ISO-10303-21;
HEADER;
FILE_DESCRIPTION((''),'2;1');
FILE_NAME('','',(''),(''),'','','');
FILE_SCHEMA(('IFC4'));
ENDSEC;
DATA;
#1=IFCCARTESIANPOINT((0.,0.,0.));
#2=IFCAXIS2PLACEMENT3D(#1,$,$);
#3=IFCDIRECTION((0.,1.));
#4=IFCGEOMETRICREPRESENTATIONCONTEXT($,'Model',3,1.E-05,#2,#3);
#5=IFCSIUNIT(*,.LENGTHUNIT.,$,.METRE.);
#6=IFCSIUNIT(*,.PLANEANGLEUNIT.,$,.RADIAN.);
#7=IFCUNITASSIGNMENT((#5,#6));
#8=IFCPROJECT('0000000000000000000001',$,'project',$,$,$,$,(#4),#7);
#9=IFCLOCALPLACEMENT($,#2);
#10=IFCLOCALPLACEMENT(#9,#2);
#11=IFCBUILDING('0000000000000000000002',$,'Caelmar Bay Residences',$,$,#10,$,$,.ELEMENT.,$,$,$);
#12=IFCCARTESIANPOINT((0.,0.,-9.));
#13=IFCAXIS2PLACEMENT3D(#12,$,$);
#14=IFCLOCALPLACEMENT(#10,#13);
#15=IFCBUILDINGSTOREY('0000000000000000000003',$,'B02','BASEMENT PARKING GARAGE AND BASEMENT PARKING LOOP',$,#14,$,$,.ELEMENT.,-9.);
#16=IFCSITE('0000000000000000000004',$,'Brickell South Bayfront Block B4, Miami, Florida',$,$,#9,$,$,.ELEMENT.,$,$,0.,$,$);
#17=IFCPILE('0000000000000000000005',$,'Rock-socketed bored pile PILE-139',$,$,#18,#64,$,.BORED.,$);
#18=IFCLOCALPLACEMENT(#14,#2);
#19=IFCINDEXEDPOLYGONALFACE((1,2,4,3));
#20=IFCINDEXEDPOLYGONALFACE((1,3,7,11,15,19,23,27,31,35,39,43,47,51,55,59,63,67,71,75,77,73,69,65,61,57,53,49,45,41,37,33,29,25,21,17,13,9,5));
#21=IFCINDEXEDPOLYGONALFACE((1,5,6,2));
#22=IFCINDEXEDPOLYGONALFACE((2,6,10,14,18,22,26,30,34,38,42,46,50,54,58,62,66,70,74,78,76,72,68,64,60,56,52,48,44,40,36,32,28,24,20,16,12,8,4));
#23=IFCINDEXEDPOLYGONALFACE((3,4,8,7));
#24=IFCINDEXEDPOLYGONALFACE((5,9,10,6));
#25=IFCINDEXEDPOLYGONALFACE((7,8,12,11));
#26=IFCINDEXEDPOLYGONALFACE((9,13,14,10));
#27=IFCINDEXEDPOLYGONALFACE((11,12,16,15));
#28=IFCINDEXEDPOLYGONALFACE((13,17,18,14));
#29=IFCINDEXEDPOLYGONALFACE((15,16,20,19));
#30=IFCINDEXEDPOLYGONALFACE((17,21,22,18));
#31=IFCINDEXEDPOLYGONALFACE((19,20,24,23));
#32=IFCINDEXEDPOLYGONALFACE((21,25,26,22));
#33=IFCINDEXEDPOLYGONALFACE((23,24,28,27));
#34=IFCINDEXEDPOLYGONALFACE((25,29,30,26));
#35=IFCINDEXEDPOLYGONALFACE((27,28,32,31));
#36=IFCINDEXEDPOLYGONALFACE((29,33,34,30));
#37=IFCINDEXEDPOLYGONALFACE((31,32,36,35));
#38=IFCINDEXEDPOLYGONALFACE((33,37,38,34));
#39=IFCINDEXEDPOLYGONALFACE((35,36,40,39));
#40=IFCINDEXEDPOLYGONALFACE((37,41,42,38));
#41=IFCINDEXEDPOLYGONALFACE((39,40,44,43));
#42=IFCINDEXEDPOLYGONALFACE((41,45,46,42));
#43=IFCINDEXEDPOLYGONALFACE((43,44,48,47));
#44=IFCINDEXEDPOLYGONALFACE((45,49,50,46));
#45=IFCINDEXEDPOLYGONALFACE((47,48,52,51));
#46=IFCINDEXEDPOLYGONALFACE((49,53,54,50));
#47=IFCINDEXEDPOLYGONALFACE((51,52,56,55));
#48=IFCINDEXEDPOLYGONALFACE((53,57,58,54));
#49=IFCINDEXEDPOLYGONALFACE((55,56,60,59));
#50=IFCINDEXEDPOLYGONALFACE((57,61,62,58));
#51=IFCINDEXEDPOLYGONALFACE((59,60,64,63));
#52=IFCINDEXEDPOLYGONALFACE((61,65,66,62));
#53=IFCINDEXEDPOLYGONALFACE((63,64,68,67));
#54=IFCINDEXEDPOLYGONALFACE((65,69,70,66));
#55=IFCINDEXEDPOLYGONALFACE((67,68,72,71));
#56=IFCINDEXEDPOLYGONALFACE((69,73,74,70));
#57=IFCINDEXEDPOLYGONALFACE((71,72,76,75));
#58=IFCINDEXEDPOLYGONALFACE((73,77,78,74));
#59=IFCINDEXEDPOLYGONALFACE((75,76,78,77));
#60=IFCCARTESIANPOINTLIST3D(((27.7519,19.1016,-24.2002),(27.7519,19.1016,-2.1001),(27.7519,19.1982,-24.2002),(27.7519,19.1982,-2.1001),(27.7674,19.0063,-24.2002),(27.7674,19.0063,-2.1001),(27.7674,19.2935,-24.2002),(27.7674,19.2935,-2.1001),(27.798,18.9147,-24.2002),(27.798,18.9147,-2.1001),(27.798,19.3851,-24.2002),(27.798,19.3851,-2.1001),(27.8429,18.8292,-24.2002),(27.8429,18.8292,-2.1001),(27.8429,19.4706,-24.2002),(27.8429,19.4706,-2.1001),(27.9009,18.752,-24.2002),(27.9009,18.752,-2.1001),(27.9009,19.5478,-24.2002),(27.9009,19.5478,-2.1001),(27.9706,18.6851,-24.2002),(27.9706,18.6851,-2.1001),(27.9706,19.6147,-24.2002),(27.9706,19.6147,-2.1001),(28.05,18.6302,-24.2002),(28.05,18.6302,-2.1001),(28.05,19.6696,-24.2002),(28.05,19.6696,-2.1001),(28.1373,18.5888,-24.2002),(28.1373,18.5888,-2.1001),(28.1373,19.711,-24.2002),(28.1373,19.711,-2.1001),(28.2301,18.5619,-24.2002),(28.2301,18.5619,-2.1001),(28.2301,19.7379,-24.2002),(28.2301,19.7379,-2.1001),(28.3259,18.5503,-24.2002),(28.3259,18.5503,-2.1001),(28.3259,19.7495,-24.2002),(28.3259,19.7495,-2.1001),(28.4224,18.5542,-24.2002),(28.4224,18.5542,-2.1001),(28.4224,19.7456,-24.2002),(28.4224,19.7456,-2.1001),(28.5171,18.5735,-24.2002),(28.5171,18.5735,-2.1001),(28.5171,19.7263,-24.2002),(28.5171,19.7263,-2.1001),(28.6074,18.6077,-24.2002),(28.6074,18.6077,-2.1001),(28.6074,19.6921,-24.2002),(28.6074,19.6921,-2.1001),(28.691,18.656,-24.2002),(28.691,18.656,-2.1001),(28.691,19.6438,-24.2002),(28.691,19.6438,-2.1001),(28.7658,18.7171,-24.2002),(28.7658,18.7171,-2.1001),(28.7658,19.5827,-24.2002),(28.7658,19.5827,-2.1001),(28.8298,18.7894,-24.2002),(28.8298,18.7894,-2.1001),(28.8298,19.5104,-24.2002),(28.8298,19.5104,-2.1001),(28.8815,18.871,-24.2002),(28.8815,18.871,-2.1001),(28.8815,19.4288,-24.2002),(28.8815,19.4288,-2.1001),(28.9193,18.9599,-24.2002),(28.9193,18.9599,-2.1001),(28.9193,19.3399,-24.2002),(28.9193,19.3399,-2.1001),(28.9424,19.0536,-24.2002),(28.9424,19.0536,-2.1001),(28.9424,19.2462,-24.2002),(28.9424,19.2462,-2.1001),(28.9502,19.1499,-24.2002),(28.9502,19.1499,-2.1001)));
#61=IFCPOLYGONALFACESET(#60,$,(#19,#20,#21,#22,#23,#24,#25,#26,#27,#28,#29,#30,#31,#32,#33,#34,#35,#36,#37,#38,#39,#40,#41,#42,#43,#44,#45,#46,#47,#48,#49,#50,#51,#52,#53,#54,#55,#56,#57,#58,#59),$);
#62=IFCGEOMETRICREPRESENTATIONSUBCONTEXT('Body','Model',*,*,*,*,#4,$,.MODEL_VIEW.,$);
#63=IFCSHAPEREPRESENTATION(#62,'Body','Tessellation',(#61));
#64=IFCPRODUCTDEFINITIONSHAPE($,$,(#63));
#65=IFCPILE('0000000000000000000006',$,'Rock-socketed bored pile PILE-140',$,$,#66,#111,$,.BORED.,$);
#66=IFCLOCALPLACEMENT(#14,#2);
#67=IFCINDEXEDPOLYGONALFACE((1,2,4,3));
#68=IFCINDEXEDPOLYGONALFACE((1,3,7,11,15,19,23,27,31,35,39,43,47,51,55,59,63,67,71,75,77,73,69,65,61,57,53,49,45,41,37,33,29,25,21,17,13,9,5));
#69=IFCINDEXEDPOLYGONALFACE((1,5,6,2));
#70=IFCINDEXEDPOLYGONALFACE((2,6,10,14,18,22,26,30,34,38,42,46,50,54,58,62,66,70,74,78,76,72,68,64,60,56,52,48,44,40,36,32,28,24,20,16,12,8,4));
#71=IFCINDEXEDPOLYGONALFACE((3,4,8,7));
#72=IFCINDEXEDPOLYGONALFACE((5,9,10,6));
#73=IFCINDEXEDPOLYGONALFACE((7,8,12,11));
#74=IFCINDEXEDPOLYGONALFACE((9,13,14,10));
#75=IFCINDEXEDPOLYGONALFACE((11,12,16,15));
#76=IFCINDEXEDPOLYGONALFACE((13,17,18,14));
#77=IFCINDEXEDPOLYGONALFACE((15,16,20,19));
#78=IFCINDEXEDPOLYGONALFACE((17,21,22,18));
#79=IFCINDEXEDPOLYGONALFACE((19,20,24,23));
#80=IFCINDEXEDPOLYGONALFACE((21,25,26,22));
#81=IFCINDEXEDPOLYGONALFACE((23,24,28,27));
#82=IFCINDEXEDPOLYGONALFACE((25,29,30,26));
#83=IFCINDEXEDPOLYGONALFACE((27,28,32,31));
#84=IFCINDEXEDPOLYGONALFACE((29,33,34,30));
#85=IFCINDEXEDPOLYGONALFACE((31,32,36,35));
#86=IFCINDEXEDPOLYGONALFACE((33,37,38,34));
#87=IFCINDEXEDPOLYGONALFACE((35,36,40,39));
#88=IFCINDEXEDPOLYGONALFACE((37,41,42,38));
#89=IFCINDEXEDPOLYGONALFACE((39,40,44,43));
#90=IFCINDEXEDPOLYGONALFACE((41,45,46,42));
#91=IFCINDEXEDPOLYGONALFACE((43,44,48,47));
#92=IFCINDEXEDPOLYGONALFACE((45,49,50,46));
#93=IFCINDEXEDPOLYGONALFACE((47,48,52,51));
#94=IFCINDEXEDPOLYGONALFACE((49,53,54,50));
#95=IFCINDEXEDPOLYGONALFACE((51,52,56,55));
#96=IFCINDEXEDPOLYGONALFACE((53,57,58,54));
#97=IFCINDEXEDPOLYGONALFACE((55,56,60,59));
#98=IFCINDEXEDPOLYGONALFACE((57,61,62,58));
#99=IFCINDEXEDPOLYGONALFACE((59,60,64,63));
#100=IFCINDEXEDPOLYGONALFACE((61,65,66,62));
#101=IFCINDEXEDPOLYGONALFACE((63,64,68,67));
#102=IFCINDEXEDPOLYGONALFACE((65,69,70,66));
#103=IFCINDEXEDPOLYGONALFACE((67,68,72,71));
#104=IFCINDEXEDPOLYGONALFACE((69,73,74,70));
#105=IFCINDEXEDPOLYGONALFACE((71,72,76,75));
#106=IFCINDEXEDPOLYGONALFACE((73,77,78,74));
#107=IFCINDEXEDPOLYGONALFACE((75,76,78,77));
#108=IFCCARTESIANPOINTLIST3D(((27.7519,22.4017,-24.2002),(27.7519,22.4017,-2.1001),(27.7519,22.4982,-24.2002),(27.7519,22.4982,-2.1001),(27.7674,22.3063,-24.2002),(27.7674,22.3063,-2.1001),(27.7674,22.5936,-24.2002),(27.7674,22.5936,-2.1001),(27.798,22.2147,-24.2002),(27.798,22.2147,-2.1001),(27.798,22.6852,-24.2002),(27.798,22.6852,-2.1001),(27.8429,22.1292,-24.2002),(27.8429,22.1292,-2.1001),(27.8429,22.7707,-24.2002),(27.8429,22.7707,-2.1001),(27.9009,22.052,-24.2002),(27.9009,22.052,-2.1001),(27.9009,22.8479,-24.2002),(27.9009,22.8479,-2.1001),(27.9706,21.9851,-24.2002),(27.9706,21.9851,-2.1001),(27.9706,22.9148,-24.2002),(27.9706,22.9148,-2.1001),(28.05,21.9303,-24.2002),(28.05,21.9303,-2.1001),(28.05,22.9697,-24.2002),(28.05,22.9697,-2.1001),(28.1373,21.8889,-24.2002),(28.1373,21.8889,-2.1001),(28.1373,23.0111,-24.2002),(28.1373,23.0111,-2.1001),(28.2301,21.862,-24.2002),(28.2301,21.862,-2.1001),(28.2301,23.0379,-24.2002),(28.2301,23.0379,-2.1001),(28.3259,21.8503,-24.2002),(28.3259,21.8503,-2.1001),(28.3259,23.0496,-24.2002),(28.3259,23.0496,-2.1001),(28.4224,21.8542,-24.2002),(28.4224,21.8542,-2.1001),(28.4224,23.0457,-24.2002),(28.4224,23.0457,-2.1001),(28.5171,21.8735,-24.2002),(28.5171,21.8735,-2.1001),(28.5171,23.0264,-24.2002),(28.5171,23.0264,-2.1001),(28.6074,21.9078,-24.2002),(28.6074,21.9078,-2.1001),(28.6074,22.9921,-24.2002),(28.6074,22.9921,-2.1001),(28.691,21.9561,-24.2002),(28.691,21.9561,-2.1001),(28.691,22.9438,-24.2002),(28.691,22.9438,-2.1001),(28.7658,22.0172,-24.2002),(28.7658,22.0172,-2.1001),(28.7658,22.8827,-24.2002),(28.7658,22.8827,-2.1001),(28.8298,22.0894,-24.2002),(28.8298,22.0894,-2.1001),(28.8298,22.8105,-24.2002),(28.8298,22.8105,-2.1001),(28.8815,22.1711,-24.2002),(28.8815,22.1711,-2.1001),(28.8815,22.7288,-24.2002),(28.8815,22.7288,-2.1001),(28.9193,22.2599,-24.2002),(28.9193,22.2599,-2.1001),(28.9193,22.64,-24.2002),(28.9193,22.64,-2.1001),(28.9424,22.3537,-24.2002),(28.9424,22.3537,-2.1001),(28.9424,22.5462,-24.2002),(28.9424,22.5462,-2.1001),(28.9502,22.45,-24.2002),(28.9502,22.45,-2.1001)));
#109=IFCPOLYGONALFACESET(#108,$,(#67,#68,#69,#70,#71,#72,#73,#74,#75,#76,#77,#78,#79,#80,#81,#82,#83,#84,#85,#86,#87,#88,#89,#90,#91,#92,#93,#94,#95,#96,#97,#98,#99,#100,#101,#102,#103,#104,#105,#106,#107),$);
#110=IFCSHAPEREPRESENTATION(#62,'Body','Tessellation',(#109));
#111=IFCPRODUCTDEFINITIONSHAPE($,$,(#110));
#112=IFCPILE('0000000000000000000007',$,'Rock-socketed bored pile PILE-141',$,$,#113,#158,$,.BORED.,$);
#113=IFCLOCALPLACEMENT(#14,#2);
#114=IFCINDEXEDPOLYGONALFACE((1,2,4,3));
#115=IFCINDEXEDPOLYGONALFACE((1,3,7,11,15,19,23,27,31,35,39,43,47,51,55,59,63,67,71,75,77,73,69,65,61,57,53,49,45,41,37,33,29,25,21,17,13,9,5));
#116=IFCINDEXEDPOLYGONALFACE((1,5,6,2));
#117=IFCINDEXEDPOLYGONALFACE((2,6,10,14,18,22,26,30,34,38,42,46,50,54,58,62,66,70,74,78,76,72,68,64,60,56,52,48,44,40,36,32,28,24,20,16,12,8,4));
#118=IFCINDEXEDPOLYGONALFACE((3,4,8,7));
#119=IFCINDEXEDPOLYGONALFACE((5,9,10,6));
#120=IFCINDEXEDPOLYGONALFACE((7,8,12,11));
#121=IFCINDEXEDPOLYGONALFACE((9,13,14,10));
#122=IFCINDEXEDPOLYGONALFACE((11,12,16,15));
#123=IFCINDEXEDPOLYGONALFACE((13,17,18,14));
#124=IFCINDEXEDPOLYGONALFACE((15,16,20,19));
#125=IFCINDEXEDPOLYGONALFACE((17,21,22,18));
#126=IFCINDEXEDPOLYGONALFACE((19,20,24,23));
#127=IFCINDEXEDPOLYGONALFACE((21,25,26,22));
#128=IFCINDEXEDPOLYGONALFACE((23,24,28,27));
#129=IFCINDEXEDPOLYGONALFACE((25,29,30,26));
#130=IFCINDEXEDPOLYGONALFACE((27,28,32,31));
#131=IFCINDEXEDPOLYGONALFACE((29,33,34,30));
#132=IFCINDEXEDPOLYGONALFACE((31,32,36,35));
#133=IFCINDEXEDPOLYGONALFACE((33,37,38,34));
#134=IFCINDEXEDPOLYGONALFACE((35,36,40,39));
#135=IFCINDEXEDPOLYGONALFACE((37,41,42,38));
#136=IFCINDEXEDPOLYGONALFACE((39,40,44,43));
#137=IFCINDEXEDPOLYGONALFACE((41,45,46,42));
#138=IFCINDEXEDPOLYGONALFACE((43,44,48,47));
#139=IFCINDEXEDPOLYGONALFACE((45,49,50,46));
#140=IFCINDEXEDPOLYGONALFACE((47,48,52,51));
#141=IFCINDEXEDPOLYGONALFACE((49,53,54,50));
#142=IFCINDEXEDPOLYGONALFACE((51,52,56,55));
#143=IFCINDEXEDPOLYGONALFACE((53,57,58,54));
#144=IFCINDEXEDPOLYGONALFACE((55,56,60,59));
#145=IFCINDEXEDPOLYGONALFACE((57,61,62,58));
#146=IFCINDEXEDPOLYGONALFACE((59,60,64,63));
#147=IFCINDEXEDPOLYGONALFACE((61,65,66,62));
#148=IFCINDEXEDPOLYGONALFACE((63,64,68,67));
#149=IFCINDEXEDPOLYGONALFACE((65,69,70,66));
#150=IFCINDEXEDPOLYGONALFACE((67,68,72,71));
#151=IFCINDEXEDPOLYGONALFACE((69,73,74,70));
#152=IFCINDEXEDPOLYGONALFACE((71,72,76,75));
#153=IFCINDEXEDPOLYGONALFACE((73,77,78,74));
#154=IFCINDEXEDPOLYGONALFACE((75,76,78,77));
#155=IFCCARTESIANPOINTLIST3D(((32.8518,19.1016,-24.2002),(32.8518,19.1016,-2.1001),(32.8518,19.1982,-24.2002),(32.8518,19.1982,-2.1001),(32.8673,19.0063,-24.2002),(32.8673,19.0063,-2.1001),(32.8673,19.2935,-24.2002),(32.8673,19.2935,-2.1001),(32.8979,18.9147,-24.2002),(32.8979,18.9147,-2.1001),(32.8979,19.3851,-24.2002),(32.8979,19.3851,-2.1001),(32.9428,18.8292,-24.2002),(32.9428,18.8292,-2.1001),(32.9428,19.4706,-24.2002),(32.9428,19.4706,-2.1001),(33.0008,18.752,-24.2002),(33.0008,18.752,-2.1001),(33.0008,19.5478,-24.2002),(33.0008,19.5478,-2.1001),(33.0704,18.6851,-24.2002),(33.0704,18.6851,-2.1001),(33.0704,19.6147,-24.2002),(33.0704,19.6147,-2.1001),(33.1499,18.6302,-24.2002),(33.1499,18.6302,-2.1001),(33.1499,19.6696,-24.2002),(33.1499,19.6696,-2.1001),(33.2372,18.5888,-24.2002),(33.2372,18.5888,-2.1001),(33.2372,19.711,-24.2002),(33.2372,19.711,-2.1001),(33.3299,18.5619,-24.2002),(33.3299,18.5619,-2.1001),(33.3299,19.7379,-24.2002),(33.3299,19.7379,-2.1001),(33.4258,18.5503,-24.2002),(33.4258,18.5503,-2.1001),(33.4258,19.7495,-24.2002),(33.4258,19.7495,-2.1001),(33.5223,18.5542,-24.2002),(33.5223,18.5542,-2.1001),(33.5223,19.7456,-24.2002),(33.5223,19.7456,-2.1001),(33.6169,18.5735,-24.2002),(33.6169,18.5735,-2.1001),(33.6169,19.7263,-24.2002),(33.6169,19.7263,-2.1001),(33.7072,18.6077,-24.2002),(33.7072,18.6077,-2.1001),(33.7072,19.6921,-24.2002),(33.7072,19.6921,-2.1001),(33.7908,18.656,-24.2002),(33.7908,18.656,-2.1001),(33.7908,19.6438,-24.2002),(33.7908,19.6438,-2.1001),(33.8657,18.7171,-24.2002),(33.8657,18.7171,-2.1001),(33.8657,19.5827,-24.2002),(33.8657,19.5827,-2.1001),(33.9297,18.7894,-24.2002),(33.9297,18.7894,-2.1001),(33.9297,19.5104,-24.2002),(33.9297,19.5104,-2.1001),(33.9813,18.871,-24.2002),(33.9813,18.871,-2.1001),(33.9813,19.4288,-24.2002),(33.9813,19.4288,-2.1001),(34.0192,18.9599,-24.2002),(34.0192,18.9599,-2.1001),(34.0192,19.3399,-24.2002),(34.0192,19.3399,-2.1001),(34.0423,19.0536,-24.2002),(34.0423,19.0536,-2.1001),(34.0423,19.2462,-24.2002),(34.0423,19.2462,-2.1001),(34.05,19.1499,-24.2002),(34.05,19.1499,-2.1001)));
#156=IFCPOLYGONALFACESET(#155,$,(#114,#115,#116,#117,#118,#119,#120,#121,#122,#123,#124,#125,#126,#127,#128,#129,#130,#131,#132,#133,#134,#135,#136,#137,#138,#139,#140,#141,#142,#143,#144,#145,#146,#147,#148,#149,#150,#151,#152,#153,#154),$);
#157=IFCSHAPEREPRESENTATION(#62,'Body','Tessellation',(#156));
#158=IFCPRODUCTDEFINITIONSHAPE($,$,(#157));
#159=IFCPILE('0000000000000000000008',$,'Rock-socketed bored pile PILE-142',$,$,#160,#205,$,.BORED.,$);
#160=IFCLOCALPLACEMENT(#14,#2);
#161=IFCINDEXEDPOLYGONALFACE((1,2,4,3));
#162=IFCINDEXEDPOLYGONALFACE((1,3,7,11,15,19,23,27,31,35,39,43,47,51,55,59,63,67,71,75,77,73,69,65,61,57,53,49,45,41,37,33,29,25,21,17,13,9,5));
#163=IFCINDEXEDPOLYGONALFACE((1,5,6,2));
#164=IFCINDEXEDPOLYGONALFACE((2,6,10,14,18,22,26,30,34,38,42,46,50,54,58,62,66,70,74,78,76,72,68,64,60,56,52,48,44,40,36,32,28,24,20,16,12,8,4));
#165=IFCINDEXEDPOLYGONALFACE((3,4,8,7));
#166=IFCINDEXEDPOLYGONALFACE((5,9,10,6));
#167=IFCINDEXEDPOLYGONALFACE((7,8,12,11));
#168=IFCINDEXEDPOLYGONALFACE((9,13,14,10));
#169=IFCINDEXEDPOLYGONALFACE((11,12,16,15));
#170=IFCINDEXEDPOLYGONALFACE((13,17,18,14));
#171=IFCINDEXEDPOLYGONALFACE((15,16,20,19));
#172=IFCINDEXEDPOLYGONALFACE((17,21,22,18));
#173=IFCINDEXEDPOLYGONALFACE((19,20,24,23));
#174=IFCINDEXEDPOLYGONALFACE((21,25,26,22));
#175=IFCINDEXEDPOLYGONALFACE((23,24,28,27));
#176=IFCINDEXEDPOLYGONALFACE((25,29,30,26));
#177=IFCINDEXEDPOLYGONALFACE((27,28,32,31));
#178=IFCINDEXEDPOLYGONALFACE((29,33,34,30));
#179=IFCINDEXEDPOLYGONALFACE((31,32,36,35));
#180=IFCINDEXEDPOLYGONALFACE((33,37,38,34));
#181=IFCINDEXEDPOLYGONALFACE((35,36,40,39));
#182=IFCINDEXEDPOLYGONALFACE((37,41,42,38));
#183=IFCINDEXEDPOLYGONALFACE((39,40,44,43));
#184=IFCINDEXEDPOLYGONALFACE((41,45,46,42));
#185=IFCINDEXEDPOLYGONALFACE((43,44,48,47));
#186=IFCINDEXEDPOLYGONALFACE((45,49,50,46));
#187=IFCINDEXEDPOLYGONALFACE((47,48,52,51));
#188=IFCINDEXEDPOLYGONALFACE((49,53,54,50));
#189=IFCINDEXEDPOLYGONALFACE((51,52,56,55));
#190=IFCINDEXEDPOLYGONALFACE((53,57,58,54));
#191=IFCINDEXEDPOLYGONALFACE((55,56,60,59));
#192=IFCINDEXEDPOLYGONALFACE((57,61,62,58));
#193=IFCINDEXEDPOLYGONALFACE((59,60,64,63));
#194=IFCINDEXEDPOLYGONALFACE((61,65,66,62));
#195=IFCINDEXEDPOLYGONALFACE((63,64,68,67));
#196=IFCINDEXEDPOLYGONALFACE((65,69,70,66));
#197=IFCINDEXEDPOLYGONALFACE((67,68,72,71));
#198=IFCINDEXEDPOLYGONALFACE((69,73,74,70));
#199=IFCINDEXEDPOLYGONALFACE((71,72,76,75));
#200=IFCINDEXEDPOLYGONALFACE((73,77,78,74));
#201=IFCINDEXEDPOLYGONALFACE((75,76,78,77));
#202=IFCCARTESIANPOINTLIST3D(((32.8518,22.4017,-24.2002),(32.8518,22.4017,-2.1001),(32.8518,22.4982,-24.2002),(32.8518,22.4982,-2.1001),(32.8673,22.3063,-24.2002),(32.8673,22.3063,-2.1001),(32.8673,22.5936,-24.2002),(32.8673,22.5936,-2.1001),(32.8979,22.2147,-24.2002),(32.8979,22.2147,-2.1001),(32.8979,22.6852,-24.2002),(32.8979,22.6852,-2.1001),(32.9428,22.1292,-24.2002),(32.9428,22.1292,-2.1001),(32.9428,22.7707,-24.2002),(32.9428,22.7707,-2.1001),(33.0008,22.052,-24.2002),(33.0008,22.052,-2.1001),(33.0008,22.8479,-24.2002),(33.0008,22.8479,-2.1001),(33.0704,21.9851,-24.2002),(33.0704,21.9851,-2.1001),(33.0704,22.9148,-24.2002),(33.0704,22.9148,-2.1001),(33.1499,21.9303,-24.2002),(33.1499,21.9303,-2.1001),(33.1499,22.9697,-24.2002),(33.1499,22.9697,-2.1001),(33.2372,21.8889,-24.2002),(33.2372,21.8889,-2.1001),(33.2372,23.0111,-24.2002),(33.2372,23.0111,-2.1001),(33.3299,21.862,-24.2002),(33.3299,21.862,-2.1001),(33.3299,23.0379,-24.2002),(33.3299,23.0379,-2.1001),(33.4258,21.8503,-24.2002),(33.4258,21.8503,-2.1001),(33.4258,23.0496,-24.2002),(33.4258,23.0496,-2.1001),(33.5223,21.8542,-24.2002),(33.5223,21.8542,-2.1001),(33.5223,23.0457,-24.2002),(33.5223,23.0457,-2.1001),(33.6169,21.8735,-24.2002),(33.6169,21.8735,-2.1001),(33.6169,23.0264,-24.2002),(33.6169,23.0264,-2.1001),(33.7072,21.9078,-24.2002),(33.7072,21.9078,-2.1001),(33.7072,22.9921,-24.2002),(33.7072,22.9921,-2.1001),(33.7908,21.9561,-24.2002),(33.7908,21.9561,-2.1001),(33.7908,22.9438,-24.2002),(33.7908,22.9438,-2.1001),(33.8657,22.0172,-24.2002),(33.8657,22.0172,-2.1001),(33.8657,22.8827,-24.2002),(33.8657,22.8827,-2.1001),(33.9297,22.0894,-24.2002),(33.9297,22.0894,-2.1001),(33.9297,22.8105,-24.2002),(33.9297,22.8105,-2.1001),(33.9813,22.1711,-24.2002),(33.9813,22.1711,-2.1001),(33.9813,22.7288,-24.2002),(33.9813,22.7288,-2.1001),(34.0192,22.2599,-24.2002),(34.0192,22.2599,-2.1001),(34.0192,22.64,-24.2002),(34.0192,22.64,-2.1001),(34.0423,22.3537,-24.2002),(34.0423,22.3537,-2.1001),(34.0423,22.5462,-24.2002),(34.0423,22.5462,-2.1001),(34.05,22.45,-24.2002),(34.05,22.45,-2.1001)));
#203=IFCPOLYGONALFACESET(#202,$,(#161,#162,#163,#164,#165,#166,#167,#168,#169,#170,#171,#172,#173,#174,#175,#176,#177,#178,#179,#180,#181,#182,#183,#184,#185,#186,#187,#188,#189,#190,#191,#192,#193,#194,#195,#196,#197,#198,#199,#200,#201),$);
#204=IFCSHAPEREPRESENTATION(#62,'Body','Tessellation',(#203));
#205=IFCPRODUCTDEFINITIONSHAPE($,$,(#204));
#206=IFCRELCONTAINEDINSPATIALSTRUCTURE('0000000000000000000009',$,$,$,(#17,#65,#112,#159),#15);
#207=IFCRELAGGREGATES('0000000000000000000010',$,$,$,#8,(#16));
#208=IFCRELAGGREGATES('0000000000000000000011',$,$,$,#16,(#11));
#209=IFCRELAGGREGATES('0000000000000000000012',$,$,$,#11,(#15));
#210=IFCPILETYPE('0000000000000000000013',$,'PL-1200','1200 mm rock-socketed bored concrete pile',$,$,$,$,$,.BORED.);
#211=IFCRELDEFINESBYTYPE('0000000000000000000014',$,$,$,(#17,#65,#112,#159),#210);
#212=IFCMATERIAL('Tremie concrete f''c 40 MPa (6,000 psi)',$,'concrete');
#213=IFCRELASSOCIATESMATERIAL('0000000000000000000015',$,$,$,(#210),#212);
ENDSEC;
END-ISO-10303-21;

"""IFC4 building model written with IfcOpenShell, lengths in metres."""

from ifc_helpers import new_model, si_unit, direction, frame, origin, origin_2d, place, context, subcontext, project, spatial, circle, extrude, material, material_profile, profile_set, type_object, element, save


model = new_model("IFC4")

# Units and contexts
model_context = context("Model", 3, precision=1e-05, world=origin(), true_north=direction((0.0, 1.0)))
body_context = subcontext(model_context, "Body", "Model", "MODEL_VIEW")
ifc_project = project(units=[si_unit("LENGTHUNIT", "METRE"), si_unit("PLANEANGLEUNIT", "RADIAN")], contexts=[model_context])

# Site, building, storey
site_placement = place(None, origin())
site = spatial("IfcSite", under=ifc_project, at=site_placement, Name="Brickell South Bayfront Block B4, Miami, Florida", CompositionType="ELEMENT", RefElevation=0.0)
building_placement = place(site_placement, origin())
building = spatial("IfcBuilding", under=site, at=building_placement, Name="Caelmar Bay Residences", CompositionType="ELEMENT")
storey_placement = place(building_placement, frame((0.0, 0.0, -9.0)))
storey = spatial("IfcBuildingStorey", under=building, at=storey_placement, Name="B02", Description="BASEMENT PARKING GARAGE AND BASEMENT PARKING LOOP", CompositionType="ELEMENT", Elevation=-9.0)

# Piles
ifc_material_1 = material(Name="Tremie concrete f'c 40 MPa (6,000 psi)", Category="concrete")
ifc_material_profile_1 = material_profile(ifc_material_1, circle(Radius=0.6001, at=origin_2d()), Name="PILE-1200D")
ifc_profile_set_1 = profile_set([ifc_material_profile_1], Name="Tremie concrete f'c 40 MPa (6,000 psi)")
pile_type = type_object("IfcPileType", Name="PL-1200", Description="1200 mm rock-socketed bored concrete pile", PredefinedType="BORED", material=ifc_profile_set_1)
for number, where, z_axis, x_axis, name in (
    (1, (28.3501, 19.1499, -2.1001), (0.0, 0.0, -1.0), (1.0, 0.0, 0.0), "Rock-socketed bored pile PILE-139"),
    (2, (28.3501, 22.45, -2.1001), (0.0, 0.0, -1.0), (1.0, 0.0, 0.0), "Rock-socketed bored pile PILE-140"),
    (3, (33.45, 19.1499, -2.1001), (0.0, 0.0, -1.0), (1.0, 0.0, 0.0), "Rock-socketed bored pile PILE-141"),
    (4, (33.45, 22.45, -2.1001), (0.0, 0.0, -1.0), (1.0, 0.0, 0.0), "Rock-socketed bored pile PILE-142"),
):
    element("IfcPile", number, at=place(storey_placement, frame(where, z_axis=z_axis, x_axis=x_axis)), inside=storey, type_object=pile_type, Name=name, PredefinedType="BORED", context=body_context, shape_type="SweptSolid", body=[
        extrude(circle(Radius=0.6001, at=origin_2d()), origin(), (0.0, 0.0, 1.0), 22.1001),
    ])

save(model, "model.ifc")
